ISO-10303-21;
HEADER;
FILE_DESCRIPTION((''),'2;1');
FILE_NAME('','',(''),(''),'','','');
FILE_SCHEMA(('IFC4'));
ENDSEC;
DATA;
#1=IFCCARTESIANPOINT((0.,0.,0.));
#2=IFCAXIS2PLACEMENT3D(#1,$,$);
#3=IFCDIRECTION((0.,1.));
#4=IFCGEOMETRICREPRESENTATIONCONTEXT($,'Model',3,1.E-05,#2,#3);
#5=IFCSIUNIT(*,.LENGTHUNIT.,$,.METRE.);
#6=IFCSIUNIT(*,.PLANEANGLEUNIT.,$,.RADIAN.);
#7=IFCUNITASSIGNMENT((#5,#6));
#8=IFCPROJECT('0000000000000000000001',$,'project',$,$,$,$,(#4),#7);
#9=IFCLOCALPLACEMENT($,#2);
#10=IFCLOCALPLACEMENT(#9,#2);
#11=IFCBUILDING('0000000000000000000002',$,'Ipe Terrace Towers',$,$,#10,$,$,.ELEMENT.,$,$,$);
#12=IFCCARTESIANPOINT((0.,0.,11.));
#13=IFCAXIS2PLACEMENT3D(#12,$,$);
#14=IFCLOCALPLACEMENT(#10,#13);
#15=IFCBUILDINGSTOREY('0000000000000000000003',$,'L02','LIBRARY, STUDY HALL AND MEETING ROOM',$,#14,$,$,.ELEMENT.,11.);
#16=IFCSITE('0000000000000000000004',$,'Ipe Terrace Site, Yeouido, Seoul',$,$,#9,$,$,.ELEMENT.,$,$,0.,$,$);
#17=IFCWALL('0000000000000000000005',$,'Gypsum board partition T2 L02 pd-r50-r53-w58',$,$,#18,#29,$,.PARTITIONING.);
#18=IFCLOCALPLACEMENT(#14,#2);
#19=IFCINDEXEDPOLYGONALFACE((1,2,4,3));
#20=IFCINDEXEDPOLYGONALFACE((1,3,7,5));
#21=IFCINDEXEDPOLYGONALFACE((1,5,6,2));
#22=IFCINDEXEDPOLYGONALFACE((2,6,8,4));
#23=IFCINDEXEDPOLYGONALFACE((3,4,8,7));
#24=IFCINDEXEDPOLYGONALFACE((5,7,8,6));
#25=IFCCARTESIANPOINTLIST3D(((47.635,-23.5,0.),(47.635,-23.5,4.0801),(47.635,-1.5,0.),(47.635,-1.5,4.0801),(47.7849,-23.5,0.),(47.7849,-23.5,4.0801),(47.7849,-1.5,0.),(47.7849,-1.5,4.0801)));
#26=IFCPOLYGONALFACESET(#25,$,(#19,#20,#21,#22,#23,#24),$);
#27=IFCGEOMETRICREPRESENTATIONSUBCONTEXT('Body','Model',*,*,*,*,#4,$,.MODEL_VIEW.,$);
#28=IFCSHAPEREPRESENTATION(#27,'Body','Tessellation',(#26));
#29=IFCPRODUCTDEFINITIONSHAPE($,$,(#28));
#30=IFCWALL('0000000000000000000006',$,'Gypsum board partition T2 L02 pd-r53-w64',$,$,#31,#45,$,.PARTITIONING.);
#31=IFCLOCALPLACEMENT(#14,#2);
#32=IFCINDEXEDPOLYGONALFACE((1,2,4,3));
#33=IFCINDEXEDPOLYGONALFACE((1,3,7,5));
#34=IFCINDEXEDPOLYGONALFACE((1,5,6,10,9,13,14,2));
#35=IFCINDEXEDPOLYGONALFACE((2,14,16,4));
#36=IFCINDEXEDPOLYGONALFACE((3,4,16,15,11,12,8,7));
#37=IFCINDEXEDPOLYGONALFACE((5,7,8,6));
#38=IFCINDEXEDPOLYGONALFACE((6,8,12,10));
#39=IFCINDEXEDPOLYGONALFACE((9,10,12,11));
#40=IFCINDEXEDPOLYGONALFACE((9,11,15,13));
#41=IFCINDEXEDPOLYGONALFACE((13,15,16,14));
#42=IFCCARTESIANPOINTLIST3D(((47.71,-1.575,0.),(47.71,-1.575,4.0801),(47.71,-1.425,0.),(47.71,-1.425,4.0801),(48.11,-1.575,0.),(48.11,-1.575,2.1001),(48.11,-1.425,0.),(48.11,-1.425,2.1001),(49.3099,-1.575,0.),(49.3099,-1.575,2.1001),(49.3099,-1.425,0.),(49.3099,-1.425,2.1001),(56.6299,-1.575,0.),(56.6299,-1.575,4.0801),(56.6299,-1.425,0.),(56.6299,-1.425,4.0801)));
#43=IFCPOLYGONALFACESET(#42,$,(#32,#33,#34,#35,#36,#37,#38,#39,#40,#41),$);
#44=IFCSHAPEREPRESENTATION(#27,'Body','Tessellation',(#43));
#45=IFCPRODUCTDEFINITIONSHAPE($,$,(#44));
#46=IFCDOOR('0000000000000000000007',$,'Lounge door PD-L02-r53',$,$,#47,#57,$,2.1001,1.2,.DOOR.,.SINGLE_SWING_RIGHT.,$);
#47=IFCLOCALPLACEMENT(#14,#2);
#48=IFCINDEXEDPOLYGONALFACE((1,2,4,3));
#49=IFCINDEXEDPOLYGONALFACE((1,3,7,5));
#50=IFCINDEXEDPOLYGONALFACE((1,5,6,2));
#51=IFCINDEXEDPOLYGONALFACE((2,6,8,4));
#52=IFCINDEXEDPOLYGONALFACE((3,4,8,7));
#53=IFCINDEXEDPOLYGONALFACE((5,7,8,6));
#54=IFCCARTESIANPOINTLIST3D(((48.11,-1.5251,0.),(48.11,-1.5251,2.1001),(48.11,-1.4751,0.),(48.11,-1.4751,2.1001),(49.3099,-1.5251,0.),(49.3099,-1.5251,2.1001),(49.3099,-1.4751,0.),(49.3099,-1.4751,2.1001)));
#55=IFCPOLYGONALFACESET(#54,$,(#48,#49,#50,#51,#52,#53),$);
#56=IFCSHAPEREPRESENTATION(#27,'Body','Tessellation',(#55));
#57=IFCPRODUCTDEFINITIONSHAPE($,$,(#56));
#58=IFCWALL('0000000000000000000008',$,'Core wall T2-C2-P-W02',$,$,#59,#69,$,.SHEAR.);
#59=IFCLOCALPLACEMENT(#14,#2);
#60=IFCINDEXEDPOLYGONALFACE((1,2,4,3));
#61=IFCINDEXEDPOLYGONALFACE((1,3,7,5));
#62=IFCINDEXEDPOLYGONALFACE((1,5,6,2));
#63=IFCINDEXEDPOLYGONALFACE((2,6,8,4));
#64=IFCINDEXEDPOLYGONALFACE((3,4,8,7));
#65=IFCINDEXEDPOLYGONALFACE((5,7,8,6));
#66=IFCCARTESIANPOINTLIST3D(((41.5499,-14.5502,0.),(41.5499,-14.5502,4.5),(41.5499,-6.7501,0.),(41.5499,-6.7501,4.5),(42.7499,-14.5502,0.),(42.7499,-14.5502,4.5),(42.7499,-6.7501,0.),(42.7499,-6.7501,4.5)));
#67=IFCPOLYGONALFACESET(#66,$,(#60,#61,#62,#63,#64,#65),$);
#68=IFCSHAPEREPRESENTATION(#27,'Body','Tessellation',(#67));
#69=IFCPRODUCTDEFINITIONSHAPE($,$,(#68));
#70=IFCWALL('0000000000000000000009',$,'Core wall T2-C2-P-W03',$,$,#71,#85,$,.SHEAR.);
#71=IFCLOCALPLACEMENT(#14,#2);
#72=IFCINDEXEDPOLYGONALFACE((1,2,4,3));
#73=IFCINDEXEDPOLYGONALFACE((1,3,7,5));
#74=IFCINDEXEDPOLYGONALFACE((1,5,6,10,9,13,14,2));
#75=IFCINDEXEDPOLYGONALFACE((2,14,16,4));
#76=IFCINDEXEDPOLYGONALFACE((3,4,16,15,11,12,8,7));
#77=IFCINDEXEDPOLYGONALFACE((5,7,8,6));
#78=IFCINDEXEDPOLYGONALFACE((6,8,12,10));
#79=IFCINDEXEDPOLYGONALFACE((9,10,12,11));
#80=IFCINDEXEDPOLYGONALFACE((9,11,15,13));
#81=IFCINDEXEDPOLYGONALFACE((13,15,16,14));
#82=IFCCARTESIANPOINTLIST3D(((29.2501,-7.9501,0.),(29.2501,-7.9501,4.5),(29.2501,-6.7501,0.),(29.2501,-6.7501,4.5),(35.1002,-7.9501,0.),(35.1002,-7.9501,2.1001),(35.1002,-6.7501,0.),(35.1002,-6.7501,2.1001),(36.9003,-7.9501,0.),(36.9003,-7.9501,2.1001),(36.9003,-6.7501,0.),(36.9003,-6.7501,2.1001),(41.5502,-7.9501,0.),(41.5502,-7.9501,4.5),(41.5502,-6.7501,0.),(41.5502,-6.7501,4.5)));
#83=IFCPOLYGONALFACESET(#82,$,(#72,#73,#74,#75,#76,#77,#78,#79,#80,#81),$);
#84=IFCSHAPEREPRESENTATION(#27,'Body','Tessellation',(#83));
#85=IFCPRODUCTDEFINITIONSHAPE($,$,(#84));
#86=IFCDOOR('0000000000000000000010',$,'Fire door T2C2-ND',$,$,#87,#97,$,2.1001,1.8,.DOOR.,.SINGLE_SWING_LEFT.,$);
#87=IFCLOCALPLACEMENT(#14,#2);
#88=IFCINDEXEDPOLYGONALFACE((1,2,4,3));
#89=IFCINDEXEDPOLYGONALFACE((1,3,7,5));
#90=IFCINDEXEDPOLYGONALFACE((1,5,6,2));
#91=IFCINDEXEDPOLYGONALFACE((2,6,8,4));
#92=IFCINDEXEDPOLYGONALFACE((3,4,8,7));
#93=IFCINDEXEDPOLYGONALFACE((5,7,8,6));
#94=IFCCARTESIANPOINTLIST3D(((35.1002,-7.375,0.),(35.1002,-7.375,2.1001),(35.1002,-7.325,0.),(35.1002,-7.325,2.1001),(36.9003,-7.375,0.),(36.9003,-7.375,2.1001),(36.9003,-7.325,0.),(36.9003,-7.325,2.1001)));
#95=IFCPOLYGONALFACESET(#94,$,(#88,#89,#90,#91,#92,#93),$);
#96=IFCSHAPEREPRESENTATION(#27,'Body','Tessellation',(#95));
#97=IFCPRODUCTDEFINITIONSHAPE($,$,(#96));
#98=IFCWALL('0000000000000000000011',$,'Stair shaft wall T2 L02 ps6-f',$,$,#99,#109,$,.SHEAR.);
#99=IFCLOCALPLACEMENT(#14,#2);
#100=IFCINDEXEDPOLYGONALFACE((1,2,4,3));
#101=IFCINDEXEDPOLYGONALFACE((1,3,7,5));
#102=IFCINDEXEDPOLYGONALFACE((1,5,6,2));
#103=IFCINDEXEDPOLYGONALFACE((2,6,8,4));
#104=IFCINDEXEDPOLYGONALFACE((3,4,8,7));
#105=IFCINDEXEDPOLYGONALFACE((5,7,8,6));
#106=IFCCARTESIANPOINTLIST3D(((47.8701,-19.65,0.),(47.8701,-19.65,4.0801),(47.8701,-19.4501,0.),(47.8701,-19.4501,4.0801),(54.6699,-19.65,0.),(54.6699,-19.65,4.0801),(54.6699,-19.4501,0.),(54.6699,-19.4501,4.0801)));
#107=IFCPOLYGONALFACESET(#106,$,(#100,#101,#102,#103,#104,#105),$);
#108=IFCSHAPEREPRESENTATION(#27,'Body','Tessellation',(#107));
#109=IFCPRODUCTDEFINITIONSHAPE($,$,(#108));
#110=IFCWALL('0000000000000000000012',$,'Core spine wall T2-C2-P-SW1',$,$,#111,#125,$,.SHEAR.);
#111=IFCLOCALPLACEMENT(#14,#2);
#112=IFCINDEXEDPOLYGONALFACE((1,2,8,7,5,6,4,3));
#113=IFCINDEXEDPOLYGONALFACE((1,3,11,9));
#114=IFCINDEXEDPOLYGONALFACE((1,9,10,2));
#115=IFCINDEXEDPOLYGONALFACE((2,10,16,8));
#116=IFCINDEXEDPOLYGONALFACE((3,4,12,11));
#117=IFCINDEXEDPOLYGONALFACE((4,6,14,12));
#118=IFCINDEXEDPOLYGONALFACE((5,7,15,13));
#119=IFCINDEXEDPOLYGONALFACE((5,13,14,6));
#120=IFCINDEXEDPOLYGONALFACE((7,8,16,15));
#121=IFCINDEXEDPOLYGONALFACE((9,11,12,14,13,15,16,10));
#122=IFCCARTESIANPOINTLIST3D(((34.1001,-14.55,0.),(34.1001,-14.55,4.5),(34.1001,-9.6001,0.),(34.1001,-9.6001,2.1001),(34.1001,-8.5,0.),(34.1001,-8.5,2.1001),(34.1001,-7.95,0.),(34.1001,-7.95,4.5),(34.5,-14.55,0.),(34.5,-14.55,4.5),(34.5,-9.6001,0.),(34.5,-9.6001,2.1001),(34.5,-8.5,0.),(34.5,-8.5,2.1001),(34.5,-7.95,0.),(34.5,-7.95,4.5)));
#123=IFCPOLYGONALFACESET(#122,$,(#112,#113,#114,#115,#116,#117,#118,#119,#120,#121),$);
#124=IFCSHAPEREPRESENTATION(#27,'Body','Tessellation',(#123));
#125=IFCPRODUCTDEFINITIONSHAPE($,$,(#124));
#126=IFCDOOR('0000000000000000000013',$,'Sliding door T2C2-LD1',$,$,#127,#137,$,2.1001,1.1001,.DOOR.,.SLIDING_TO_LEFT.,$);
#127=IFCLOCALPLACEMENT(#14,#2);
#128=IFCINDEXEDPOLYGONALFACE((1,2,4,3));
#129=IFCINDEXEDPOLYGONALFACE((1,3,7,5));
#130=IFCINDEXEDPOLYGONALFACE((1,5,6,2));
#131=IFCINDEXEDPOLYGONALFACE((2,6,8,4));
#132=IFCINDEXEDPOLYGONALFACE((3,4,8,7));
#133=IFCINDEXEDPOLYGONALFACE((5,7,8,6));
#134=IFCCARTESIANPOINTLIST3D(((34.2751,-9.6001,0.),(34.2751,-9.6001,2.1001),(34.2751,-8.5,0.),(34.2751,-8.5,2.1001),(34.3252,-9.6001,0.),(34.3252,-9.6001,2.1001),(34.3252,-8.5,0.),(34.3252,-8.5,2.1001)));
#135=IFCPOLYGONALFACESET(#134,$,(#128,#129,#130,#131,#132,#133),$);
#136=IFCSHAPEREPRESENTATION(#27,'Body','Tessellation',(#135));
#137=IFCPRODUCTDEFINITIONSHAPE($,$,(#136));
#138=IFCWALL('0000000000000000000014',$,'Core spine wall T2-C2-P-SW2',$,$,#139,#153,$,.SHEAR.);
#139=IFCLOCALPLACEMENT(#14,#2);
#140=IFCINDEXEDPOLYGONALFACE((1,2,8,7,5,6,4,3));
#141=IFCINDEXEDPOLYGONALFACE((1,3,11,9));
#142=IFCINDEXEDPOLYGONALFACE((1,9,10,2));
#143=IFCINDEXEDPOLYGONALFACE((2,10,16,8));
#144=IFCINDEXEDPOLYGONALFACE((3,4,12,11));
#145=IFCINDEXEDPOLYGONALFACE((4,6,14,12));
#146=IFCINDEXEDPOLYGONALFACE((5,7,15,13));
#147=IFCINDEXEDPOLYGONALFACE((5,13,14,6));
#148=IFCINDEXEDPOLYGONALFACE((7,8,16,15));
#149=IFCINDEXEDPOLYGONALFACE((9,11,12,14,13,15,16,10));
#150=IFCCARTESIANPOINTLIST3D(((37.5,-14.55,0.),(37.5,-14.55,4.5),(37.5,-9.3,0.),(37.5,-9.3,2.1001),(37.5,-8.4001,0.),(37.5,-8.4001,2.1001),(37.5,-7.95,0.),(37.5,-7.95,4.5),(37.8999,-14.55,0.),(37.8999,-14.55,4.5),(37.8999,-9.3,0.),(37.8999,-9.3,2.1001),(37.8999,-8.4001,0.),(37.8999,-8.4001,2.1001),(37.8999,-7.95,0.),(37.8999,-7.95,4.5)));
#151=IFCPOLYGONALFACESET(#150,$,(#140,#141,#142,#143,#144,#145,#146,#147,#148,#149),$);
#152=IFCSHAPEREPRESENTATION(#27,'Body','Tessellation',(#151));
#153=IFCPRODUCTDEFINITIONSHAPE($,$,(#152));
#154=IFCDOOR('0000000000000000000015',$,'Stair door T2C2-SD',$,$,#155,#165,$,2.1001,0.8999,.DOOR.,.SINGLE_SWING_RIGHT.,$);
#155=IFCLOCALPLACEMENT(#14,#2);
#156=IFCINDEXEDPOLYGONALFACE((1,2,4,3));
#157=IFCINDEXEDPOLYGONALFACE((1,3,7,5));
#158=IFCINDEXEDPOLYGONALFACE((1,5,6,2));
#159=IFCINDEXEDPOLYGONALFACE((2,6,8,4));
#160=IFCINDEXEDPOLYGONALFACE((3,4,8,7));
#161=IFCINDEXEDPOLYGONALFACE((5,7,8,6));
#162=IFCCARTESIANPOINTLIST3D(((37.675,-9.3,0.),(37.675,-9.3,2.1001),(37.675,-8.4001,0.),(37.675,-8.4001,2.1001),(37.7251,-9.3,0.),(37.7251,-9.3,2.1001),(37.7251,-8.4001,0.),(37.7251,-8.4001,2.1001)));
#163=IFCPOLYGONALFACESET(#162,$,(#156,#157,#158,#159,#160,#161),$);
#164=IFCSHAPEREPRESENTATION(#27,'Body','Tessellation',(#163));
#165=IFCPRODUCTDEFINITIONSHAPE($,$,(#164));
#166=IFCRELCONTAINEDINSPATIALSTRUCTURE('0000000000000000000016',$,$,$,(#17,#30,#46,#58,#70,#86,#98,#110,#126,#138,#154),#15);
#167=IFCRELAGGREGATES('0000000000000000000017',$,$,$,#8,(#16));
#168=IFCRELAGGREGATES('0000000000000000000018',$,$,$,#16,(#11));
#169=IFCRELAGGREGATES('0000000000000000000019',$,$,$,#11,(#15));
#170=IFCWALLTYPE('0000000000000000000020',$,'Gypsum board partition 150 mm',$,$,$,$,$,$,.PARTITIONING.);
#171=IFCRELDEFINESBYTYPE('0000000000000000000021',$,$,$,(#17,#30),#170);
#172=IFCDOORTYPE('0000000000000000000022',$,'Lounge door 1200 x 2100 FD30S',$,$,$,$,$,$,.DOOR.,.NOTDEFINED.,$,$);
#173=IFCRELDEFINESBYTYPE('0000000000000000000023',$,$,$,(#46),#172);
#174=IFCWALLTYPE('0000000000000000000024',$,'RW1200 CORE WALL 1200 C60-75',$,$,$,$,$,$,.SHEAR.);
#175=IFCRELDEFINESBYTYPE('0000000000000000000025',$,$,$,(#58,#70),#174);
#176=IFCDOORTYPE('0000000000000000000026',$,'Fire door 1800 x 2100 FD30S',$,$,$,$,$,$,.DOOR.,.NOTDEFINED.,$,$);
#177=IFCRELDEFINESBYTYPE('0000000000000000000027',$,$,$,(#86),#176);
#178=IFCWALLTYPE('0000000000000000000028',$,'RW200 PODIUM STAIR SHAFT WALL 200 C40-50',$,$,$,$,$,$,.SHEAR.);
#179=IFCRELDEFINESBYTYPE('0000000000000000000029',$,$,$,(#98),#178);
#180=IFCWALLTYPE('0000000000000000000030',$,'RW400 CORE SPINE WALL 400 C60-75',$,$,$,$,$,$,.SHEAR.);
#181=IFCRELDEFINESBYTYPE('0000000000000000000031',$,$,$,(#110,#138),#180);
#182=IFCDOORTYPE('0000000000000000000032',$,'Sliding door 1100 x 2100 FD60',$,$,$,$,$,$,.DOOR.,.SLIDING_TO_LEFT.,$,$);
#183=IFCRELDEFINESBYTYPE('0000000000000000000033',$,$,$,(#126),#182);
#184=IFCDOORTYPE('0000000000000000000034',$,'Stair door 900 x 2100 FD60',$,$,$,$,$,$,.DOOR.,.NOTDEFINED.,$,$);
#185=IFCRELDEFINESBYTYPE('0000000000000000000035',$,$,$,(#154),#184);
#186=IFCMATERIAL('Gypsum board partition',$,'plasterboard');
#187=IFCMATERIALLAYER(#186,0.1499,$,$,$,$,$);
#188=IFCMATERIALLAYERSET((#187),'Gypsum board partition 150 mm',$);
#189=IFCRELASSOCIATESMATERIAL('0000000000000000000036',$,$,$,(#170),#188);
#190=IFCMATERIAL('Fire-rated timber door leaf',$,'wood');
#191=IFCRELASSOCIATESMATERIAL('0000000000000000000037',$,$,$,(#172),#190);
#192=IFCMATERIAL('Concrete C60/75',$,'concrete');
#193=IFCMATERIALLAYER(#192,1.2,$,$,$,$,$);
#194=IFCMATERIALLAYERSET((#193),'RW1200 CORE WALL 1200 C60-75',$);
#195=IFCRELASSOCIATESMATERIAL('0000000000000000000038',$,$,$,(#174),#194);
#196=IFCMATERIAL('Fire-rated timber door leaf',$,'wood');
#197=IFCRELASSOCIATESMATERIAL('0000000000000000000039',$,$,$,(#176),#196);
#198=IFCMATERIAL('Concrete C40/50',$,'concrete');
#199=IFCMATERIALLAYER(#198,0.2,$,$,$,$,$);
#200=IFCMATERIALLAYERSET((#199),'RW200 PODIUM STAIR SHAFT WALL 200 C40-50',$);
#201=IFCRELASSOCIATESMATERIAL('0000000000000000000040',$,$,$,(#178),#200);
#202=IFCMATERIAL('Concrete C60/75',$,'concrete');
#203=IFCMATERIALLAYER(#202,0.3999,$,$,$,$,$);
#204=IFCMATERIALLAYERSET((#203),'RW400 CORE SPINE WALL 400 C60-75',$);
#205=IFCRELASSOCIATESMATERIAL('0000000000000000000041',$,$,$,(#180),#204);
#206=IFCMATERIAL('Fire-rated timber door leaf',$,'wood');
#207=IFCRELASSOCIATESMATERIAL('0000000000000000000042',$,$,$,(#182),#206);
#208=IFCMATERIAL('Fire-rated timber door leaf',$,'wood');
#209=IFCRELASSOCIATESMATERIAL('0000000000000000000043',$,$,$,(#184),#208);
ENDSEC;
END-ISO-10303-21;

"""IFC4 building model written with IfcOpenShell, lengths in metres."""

from ifc_helpers import new_model, si_unit, direction, frame, frame_2d, origin, place, context, subcontext, project, spatial, rectangle, extrude, material, layer, layer_set, type_object, element, fill, save


model = new_model("IFC4")

# Units and contexts
model_context = context("Model", 3, precision=1e-05, world=origin(), true_north=direction((0.0, 1.0)))
body_context = subcontext(model_context, "Body", "Model", "MODEL_VIEW")
ifc_project = project(units=[si_unit("LENGTHUNIT", "METRE"), si_unit("PLANEANGLEUNIT", "RADIAN")], contexts=[model_context])

# Site, building, storey
site_placement = place(None, origin())
site = spatial("IfcSite", under=ifc_project, at=site_placement, Name="Ipe Terrace Site, Yeouido, Seoul", CompositionType="ELEMENT", RefElevation=0.0)
building_placement = place(site_placement, origin())
building = spatial("IfcBuilding", under=site, at=building_placement, Name="Ipe Terrace Towers", CompositionType="ELEMENT")
storey_placement = place(building_placement, frame((0.0, 0.0, 11.0)))
storey = spatial("IfcBuildingStorey", under=building, at=storey_placement, Name="L02", Description="LIBRARY, STUDY HALL AND MEETING ROOM", CompositionType="ELEMENT", Elevation=11.0)

# Shared definitions
ifc_material_1 = material(Name="Gypsum board partition", Category="plasterboard")
ifc_layer_1 = layer(ifc_material_1, 0.1499)
ifc_layer_set_1 = layer_set([ifc_layer_1], Name="Gypsum board partition 150 mm")
wall_type_1 = type_object("IfcWallType", Name="Gypsum board partition 150 mm", PredefinedType="PARTITIONING", material=ifc_layer_set_1)

# Wall
wall_1_placement = place(storey_placement, frame((47.71, -1.5, 0.0), z_axis=(0.0, 0.0, 1.0), x_axis=(0.0, -1.0, 0.0)))
element("IfcWall", 1, at=wall_1_placement, inside=storey, type_object=wall_type_1, Name="Gypsum board partition T2 L02 pd-r50-r53-w58", PredefinedType="PARTITIONING", context=body_context, shape_type="SweptSolid", body=[
    extrude(rectangle(XDim=22.0, YDim=0.1499, at=frame_2d((11.0, 0.0))), origin(), (0.0, 0.0, 1.0), 4.0801),
])

# Wall, opening, door
wall_2_placement = place(storey_placement, frame((47.71, -1.5, 0.0), z_axis=(0.0, 0.0, 1.0), x_axis=(1.0, 0.0, 0.0)))
wall_2 = element("IfcWall", 2, at=wall_2_placement, inside=storey, type_object=wall_type_1, Name="Gypsum board partition T2 L02 pd-r53-w64", PredefinedType="PARTITIONING", context=body_context, shape_type="SweptSolid", body=[
    extrude(rectangle(XDim=8.9199, YDim=0.1499, at=frame_2d((4.46, 0.0))), origin(), (0.0, 0.0, 1.0), 4.0801),
])
opening_1_placement = place(wall_2_placement, frame((0.3999, 0.0, 0.0)))
opening_1 = element("IfcOpeningElement", 3, at=opening_1_placement, cuts=wall_2, PredefinedType="OPENING", context=body_context, shape_type="SweptSolid", body=[
    extrude(rectangle(XDim=1.2, YDim=2.1001, at=frame_2d((0.6001, 1.05))), frame((0.0, 0.085, 0.0), z_axis=(0.0, -1.0, 0.0), x_axis=(1.0, 0.0, 0.0)), (0.0, 0.0, 1.0), 0.1699),
])
ifc_material_2 = material(Name="Fire-rated timber door leaf", Category="wood")
door_type_1 = type_object("IfcDoorType", Name="Lounge door 1200 x 2100 FD30S", OperationType="NOTDEFINED", PredefinedType="DOOR", material=ifc_material_2)
door_1_placement = place(opening_1_placement, origin())
door_1 = element("IfcDoor", 4, at=door_1_placement, inside=storey, type_object=door_type_1, Name="Lounge door PD-L02-r53", OperationType="SINGLE_SWING_RIGHT", OverallHeight=2.1001, OverallWidth=1.2, PredefinedType="DOOR", context=body_context, shape_type="SweptSolid", body=[
    extrude(rectangle(XDim=1.2, YDim=2.1001, at=frame_2d((0.6001, 1.05))), frame((0.0, 0.0249, 0.0), z_axis=(0.0, -1.0, 0.0), x_axis=(1.0, 0.0, 0.0)), (0.0, 0.0, 1.0), 0.05),
])
fill(opening_1, door_1)

# Wall
ifc_material_3 = material(Name="Concrete C60/75", Category="concrete")
ifc_layer_2 = layer(ifc_material_3, 1.2)
ifc_layer_set_2 = layer_set([ifc_layer_2], Name="RW1200 CORE WALL 1200 C60-75")
wall_type_2 = type_object("IfcWallType", Name="RW1200 CORE WALL 1200 C60-75", PredefinedType="SHEAR", material=ifc_layer_set_2)
wall_3_placement = place(storey_placement, frame((42.1499, -14.55, 0.0), z_axis=(0.0, 0.0, 1.0), x_axis=(0.0, 1.0, 0.0)))
element("IfcWall", 5, at=wall_3_placement, inside=storey, type_object=wall_type_2, Name="Core wall T2-C2-P-W02", PredefinedType="SHEAR", context=body_context, shape_type="SweptSolid", body=[
    extrude(rectangle(XDim=7.8, YDim=1.2, at=frame_2d((3.8999, 0.0))), origin(), (0.0, 0.0, 1.0), 4.5),
])

# Wall, opening, door
wall_4_placement = place(storey_placement, frame((41.55, -7.3501, 0.0), z_axis=(0.0, 0.0, 1.0), x_axis=(-1.0, 0.0, 0.0)))
wall_4 = element("IfcWall", 6, at=wall_4_placement, inside=storey, type_object=wall_type_2, Name="Core wall T2-C2-P-W03", PredefinedType="SHEAR", context=body_context, shape_type="SweptSolid", body=[
    extrude(rectangle(XDim=12.3, YDim=1.2, at=frame_2d((6.1499, 0.0))), origin(), (0.0, 0.0, 1.0), 4.5),
])
opening_2_placement = place(wall_4_placement, frame((4.6499, 0.0, 0.0)))
opening_2 = element("IfcOpeningElement", 7, at=opening_2_placement, cuts=wall_4, PredefinedType="OPENING", context=body_context, shape_type="SweptSolid", body=[
    extrude(rectangle(XDim=1.8, YDim=2.1001, at=frame_2d((0.8999, 1.05))), frame((0.0, 0.6099, 0.0), z_axis=(0.0, -1.0, 0.0), x_axis=(1.0, 0.0, 0.0)), (0.0, 0.0, 1.0), 1.22),
])
ifc_material_4 = material(Name="Fire-rated timber door leaf", Category="wood")
door_type_2 = type_object("IfcDoorType", Name="Fire door 1800 x 2100 FD30S", OperationType="NOTDEFINED", PredefinedType="DOOR", material=ifc_material_4)
door_2_placement = place(opening_2_placement, origin())
door_2 = element("IfcDoor", 8, at=door_2_placement, inside=storey, type_object=door_type_2, Name="Fire door T2C2-ND", OperationType="SINGLE_SWING_LEFT", OverallHeight=2.1001, OverallWidth=1.8, PredefinedType="DOOR", context=body_context, shape_type="SweptSolid", body=[
    extrude(rectangle(XDim=1.8, YDim=2.1001, at=frame_2d((0.8999, 1.05))), frame((0.0, 0.0249, 0.0), z_axis=(0.0, -1.0, 0.0), x_axis=(1.0, 0.0, 0.0)), (0.0, 0.0, 1.0), 0.05),
])
fill(opening_2, door_2)

# Wall
ifc_material_5 = material(Name="Concrete C40/50", Category="concrete")
ifc_layer_3 = layer(ifc_material_5, 0.2)
ifc_layer_set_3 = layer_set([ifc_layer_3], Name="RW200 PODIUM STAIR SHAFT WALL 200 C40-50")
wall_type_3 = type_object("IfcWallType", Name="RW200 PODIUM STAIR SHAFT WALL 200 C40-50", PredefinedType="SHEAR", material=ifc_layer_set_3)
wall_5_placement = place(storey_placement, frame((47.8701, -19.55, 0.0), z_axis=(0.0, 0.0, 1.0), x_axis=(1.0, 0.0, 0.0)))
element("IfcWall", 9, at=wall_5_placement, inside=storey, type_object=wall_type_3, Name="Stair shaft wall T2 L02 ps6-f", PredefinedType="SHEAR", context=body_context, shape_type="SweptSolid", body=[
    extrude(rectangle(XDim=6.7998, YDim=0.2, at=frame_2d((3.3999, 0.0))), origin(), (0.0, 0.0, 1.0), 4.0801),
])

# Walls, openings, doors
ifc_material_6 = material(Name="Concrete C60/75", Category="concrete")
ifc_layer_4 = layer(ifc_material_6, 0.3999)
ifc_layer_set_4 = layer_set([ifc_layer_4], Name="RW400 CORE SPINE WALL 400 C60-75")
wall_type_4 = type_object("IfcWallType", Name="RW400 CORE SPINE WALL 400 C60-75", PredefinedType="SHEAR", material=ifc_layer_set_4)
wall_6_placement = place(storey_placement, frame((34.3, -14.55, 0.0), z_axis=(0.0, 0.0, 1.0), x_axis=(0.0, 1.0, 0.0)))
wall_6 = element("IfcWall", 10, at=wall_6_placement, inside=storey, type_object=wall_type_4, Name="Core spine wall T2-C2-P-SW1", PredefinedType="SHEAR", context=body_context, shape_type="SweptSolid", body=[
    extrude(rectangle(XDim=6.6001, YDim=0.3999, at=frame_2d((3.3, 0.0))), origin(), (0.0, 0.0, 1.0), 4.5),
])
opening_3_placement = place(wall_6_placement, frame((4.95, 0.0, 0.0)))
opening_3 = element("IfcOpeningElement", 11, at=opening_3_placement, cuts=wall_6, PredefinedType="OPENING", context=body_context, shape_type="SweptSolid", body=[
    extrude(rectangle(XDim=1.1001, YDim=2.1001, at=frame_2d((0.55, 1.05))), frame((0.0, 0.21, 0.0), z_axis=(0.0, -1.0, 0.0), x_axis=(1.0, 0.0, 0.0)), (0.0, 0.0, 1.0), 0.4199),
])
ifc_material_7 = material(Name="Fire-rated timber door leaf", Category="wood")
door_type_3 = type_object("IfcDoorType", Name="Sliding door 1100 x 2100 FD60", OperationType="SLIDING_TO_LEFT", PredefinedType="DOOR", material=ifc_material_7)
door_3_placement = place(opening_3_placement, origin())
door_3 = element("IfcDoor", 12, at=door_3_placement, inside=storey, type_object=door_type_3, Name="Sliding door T2C2-LD1", OperationType="SLIDING_TO_LEFT", OverallHeight=2.1001, OverallWidth=1.1001, PredefinedType="DOOR", context=body_context, shape_type="SweptSolid", body=[
    extrude(rectangle(XDim=1.1001, YDim=2.1001, at=frame_2d((0.55, 1.05))), frame((0.0, 0.0249, 0.0), z_axis=(0.0, -1.0, 0.0), x_axis=(1.0, 0.0, 0.0)), (0.0, 0.0, 1.0), 0.05),
])
fill(opening_3, door_3)
wall_7_placement = place(storey_placement, frame((37.7, -14.55, 0.0), z_axis=(0.0, 0.0, 1.0), x_axis=(0.0, 1.0, 0.0)))
wall_7 = element("IfcWall", 13, at=wall_7_placement, inside=storey, type_object=wall_type_4, Name="Core spine wall T2-C2-P-SW2", PredefinedType="SHEAR", context=body_context, shape_type="SweptSolid", body=[
    extrude(rectangle(XDim=6.6001, YDim=0.3999, at=frame_2d((3.3, 0.0))), origin(), (0.0, 0.0, 1.0), 4.5),
])
opening_4_placement = place(wall_7_placement, frame((5.25, 0.0, 0.0)))
opening_4 = element("IfcOpeningElement", 14, at=opening_4_placement, cuts=wall_7, PredefinedType="OPENING", context=body_context, shape_type="SweptSolid", body=[
    extrude(rectangle(XDim=0.8999, YDim=2.1001, at=frame_2d((0.45, 1.05))), frame((0.0, 0.21, 0.0), z_axis=(0.0, -1.0, 0.0), x_axis=(1.0, 0.0, 0.0)), (0.0, 0.0, 1.0), 0.4199),
])
ifc_material_8 = material(Name="Fire-rated timber door leaf", Category="wood")
door_type_4 = type_object("IfcDoorType", Name="Stair door 900 x 2100 FD60", OperationType="NOTDEFINED", PredefinedType="DOOR", material=ifc_material_8)
door_4_placement = place(opening_4_placement, origin())
door_4 = element("IfcDoor", 15, at=door_4_placement, inside=storey, type_object=door_type_4, Name="Stair door T2C2-SD", OperationType="SINGLE_SWING_RIGHT", OverallHeight=2.1001, OverallWidth=0.8999, PredefinedType="DOOR", context=body_context, shape_type="SweptSolid", body=[
    extrude(rectangle(XDim=0.8999, YDim=2.1001, at=frame_2d((0.45, 1.05))), frame((0.0, 0.0249, 0.0), z_axis=(0.0, -1.0, 0.0), x_axis=(1.0, 0.0, 0.0)), (0.0, 0.0, 1.0), 0.05),
])
fill(opening_4, door_4)

save(model, "model.ifc")
